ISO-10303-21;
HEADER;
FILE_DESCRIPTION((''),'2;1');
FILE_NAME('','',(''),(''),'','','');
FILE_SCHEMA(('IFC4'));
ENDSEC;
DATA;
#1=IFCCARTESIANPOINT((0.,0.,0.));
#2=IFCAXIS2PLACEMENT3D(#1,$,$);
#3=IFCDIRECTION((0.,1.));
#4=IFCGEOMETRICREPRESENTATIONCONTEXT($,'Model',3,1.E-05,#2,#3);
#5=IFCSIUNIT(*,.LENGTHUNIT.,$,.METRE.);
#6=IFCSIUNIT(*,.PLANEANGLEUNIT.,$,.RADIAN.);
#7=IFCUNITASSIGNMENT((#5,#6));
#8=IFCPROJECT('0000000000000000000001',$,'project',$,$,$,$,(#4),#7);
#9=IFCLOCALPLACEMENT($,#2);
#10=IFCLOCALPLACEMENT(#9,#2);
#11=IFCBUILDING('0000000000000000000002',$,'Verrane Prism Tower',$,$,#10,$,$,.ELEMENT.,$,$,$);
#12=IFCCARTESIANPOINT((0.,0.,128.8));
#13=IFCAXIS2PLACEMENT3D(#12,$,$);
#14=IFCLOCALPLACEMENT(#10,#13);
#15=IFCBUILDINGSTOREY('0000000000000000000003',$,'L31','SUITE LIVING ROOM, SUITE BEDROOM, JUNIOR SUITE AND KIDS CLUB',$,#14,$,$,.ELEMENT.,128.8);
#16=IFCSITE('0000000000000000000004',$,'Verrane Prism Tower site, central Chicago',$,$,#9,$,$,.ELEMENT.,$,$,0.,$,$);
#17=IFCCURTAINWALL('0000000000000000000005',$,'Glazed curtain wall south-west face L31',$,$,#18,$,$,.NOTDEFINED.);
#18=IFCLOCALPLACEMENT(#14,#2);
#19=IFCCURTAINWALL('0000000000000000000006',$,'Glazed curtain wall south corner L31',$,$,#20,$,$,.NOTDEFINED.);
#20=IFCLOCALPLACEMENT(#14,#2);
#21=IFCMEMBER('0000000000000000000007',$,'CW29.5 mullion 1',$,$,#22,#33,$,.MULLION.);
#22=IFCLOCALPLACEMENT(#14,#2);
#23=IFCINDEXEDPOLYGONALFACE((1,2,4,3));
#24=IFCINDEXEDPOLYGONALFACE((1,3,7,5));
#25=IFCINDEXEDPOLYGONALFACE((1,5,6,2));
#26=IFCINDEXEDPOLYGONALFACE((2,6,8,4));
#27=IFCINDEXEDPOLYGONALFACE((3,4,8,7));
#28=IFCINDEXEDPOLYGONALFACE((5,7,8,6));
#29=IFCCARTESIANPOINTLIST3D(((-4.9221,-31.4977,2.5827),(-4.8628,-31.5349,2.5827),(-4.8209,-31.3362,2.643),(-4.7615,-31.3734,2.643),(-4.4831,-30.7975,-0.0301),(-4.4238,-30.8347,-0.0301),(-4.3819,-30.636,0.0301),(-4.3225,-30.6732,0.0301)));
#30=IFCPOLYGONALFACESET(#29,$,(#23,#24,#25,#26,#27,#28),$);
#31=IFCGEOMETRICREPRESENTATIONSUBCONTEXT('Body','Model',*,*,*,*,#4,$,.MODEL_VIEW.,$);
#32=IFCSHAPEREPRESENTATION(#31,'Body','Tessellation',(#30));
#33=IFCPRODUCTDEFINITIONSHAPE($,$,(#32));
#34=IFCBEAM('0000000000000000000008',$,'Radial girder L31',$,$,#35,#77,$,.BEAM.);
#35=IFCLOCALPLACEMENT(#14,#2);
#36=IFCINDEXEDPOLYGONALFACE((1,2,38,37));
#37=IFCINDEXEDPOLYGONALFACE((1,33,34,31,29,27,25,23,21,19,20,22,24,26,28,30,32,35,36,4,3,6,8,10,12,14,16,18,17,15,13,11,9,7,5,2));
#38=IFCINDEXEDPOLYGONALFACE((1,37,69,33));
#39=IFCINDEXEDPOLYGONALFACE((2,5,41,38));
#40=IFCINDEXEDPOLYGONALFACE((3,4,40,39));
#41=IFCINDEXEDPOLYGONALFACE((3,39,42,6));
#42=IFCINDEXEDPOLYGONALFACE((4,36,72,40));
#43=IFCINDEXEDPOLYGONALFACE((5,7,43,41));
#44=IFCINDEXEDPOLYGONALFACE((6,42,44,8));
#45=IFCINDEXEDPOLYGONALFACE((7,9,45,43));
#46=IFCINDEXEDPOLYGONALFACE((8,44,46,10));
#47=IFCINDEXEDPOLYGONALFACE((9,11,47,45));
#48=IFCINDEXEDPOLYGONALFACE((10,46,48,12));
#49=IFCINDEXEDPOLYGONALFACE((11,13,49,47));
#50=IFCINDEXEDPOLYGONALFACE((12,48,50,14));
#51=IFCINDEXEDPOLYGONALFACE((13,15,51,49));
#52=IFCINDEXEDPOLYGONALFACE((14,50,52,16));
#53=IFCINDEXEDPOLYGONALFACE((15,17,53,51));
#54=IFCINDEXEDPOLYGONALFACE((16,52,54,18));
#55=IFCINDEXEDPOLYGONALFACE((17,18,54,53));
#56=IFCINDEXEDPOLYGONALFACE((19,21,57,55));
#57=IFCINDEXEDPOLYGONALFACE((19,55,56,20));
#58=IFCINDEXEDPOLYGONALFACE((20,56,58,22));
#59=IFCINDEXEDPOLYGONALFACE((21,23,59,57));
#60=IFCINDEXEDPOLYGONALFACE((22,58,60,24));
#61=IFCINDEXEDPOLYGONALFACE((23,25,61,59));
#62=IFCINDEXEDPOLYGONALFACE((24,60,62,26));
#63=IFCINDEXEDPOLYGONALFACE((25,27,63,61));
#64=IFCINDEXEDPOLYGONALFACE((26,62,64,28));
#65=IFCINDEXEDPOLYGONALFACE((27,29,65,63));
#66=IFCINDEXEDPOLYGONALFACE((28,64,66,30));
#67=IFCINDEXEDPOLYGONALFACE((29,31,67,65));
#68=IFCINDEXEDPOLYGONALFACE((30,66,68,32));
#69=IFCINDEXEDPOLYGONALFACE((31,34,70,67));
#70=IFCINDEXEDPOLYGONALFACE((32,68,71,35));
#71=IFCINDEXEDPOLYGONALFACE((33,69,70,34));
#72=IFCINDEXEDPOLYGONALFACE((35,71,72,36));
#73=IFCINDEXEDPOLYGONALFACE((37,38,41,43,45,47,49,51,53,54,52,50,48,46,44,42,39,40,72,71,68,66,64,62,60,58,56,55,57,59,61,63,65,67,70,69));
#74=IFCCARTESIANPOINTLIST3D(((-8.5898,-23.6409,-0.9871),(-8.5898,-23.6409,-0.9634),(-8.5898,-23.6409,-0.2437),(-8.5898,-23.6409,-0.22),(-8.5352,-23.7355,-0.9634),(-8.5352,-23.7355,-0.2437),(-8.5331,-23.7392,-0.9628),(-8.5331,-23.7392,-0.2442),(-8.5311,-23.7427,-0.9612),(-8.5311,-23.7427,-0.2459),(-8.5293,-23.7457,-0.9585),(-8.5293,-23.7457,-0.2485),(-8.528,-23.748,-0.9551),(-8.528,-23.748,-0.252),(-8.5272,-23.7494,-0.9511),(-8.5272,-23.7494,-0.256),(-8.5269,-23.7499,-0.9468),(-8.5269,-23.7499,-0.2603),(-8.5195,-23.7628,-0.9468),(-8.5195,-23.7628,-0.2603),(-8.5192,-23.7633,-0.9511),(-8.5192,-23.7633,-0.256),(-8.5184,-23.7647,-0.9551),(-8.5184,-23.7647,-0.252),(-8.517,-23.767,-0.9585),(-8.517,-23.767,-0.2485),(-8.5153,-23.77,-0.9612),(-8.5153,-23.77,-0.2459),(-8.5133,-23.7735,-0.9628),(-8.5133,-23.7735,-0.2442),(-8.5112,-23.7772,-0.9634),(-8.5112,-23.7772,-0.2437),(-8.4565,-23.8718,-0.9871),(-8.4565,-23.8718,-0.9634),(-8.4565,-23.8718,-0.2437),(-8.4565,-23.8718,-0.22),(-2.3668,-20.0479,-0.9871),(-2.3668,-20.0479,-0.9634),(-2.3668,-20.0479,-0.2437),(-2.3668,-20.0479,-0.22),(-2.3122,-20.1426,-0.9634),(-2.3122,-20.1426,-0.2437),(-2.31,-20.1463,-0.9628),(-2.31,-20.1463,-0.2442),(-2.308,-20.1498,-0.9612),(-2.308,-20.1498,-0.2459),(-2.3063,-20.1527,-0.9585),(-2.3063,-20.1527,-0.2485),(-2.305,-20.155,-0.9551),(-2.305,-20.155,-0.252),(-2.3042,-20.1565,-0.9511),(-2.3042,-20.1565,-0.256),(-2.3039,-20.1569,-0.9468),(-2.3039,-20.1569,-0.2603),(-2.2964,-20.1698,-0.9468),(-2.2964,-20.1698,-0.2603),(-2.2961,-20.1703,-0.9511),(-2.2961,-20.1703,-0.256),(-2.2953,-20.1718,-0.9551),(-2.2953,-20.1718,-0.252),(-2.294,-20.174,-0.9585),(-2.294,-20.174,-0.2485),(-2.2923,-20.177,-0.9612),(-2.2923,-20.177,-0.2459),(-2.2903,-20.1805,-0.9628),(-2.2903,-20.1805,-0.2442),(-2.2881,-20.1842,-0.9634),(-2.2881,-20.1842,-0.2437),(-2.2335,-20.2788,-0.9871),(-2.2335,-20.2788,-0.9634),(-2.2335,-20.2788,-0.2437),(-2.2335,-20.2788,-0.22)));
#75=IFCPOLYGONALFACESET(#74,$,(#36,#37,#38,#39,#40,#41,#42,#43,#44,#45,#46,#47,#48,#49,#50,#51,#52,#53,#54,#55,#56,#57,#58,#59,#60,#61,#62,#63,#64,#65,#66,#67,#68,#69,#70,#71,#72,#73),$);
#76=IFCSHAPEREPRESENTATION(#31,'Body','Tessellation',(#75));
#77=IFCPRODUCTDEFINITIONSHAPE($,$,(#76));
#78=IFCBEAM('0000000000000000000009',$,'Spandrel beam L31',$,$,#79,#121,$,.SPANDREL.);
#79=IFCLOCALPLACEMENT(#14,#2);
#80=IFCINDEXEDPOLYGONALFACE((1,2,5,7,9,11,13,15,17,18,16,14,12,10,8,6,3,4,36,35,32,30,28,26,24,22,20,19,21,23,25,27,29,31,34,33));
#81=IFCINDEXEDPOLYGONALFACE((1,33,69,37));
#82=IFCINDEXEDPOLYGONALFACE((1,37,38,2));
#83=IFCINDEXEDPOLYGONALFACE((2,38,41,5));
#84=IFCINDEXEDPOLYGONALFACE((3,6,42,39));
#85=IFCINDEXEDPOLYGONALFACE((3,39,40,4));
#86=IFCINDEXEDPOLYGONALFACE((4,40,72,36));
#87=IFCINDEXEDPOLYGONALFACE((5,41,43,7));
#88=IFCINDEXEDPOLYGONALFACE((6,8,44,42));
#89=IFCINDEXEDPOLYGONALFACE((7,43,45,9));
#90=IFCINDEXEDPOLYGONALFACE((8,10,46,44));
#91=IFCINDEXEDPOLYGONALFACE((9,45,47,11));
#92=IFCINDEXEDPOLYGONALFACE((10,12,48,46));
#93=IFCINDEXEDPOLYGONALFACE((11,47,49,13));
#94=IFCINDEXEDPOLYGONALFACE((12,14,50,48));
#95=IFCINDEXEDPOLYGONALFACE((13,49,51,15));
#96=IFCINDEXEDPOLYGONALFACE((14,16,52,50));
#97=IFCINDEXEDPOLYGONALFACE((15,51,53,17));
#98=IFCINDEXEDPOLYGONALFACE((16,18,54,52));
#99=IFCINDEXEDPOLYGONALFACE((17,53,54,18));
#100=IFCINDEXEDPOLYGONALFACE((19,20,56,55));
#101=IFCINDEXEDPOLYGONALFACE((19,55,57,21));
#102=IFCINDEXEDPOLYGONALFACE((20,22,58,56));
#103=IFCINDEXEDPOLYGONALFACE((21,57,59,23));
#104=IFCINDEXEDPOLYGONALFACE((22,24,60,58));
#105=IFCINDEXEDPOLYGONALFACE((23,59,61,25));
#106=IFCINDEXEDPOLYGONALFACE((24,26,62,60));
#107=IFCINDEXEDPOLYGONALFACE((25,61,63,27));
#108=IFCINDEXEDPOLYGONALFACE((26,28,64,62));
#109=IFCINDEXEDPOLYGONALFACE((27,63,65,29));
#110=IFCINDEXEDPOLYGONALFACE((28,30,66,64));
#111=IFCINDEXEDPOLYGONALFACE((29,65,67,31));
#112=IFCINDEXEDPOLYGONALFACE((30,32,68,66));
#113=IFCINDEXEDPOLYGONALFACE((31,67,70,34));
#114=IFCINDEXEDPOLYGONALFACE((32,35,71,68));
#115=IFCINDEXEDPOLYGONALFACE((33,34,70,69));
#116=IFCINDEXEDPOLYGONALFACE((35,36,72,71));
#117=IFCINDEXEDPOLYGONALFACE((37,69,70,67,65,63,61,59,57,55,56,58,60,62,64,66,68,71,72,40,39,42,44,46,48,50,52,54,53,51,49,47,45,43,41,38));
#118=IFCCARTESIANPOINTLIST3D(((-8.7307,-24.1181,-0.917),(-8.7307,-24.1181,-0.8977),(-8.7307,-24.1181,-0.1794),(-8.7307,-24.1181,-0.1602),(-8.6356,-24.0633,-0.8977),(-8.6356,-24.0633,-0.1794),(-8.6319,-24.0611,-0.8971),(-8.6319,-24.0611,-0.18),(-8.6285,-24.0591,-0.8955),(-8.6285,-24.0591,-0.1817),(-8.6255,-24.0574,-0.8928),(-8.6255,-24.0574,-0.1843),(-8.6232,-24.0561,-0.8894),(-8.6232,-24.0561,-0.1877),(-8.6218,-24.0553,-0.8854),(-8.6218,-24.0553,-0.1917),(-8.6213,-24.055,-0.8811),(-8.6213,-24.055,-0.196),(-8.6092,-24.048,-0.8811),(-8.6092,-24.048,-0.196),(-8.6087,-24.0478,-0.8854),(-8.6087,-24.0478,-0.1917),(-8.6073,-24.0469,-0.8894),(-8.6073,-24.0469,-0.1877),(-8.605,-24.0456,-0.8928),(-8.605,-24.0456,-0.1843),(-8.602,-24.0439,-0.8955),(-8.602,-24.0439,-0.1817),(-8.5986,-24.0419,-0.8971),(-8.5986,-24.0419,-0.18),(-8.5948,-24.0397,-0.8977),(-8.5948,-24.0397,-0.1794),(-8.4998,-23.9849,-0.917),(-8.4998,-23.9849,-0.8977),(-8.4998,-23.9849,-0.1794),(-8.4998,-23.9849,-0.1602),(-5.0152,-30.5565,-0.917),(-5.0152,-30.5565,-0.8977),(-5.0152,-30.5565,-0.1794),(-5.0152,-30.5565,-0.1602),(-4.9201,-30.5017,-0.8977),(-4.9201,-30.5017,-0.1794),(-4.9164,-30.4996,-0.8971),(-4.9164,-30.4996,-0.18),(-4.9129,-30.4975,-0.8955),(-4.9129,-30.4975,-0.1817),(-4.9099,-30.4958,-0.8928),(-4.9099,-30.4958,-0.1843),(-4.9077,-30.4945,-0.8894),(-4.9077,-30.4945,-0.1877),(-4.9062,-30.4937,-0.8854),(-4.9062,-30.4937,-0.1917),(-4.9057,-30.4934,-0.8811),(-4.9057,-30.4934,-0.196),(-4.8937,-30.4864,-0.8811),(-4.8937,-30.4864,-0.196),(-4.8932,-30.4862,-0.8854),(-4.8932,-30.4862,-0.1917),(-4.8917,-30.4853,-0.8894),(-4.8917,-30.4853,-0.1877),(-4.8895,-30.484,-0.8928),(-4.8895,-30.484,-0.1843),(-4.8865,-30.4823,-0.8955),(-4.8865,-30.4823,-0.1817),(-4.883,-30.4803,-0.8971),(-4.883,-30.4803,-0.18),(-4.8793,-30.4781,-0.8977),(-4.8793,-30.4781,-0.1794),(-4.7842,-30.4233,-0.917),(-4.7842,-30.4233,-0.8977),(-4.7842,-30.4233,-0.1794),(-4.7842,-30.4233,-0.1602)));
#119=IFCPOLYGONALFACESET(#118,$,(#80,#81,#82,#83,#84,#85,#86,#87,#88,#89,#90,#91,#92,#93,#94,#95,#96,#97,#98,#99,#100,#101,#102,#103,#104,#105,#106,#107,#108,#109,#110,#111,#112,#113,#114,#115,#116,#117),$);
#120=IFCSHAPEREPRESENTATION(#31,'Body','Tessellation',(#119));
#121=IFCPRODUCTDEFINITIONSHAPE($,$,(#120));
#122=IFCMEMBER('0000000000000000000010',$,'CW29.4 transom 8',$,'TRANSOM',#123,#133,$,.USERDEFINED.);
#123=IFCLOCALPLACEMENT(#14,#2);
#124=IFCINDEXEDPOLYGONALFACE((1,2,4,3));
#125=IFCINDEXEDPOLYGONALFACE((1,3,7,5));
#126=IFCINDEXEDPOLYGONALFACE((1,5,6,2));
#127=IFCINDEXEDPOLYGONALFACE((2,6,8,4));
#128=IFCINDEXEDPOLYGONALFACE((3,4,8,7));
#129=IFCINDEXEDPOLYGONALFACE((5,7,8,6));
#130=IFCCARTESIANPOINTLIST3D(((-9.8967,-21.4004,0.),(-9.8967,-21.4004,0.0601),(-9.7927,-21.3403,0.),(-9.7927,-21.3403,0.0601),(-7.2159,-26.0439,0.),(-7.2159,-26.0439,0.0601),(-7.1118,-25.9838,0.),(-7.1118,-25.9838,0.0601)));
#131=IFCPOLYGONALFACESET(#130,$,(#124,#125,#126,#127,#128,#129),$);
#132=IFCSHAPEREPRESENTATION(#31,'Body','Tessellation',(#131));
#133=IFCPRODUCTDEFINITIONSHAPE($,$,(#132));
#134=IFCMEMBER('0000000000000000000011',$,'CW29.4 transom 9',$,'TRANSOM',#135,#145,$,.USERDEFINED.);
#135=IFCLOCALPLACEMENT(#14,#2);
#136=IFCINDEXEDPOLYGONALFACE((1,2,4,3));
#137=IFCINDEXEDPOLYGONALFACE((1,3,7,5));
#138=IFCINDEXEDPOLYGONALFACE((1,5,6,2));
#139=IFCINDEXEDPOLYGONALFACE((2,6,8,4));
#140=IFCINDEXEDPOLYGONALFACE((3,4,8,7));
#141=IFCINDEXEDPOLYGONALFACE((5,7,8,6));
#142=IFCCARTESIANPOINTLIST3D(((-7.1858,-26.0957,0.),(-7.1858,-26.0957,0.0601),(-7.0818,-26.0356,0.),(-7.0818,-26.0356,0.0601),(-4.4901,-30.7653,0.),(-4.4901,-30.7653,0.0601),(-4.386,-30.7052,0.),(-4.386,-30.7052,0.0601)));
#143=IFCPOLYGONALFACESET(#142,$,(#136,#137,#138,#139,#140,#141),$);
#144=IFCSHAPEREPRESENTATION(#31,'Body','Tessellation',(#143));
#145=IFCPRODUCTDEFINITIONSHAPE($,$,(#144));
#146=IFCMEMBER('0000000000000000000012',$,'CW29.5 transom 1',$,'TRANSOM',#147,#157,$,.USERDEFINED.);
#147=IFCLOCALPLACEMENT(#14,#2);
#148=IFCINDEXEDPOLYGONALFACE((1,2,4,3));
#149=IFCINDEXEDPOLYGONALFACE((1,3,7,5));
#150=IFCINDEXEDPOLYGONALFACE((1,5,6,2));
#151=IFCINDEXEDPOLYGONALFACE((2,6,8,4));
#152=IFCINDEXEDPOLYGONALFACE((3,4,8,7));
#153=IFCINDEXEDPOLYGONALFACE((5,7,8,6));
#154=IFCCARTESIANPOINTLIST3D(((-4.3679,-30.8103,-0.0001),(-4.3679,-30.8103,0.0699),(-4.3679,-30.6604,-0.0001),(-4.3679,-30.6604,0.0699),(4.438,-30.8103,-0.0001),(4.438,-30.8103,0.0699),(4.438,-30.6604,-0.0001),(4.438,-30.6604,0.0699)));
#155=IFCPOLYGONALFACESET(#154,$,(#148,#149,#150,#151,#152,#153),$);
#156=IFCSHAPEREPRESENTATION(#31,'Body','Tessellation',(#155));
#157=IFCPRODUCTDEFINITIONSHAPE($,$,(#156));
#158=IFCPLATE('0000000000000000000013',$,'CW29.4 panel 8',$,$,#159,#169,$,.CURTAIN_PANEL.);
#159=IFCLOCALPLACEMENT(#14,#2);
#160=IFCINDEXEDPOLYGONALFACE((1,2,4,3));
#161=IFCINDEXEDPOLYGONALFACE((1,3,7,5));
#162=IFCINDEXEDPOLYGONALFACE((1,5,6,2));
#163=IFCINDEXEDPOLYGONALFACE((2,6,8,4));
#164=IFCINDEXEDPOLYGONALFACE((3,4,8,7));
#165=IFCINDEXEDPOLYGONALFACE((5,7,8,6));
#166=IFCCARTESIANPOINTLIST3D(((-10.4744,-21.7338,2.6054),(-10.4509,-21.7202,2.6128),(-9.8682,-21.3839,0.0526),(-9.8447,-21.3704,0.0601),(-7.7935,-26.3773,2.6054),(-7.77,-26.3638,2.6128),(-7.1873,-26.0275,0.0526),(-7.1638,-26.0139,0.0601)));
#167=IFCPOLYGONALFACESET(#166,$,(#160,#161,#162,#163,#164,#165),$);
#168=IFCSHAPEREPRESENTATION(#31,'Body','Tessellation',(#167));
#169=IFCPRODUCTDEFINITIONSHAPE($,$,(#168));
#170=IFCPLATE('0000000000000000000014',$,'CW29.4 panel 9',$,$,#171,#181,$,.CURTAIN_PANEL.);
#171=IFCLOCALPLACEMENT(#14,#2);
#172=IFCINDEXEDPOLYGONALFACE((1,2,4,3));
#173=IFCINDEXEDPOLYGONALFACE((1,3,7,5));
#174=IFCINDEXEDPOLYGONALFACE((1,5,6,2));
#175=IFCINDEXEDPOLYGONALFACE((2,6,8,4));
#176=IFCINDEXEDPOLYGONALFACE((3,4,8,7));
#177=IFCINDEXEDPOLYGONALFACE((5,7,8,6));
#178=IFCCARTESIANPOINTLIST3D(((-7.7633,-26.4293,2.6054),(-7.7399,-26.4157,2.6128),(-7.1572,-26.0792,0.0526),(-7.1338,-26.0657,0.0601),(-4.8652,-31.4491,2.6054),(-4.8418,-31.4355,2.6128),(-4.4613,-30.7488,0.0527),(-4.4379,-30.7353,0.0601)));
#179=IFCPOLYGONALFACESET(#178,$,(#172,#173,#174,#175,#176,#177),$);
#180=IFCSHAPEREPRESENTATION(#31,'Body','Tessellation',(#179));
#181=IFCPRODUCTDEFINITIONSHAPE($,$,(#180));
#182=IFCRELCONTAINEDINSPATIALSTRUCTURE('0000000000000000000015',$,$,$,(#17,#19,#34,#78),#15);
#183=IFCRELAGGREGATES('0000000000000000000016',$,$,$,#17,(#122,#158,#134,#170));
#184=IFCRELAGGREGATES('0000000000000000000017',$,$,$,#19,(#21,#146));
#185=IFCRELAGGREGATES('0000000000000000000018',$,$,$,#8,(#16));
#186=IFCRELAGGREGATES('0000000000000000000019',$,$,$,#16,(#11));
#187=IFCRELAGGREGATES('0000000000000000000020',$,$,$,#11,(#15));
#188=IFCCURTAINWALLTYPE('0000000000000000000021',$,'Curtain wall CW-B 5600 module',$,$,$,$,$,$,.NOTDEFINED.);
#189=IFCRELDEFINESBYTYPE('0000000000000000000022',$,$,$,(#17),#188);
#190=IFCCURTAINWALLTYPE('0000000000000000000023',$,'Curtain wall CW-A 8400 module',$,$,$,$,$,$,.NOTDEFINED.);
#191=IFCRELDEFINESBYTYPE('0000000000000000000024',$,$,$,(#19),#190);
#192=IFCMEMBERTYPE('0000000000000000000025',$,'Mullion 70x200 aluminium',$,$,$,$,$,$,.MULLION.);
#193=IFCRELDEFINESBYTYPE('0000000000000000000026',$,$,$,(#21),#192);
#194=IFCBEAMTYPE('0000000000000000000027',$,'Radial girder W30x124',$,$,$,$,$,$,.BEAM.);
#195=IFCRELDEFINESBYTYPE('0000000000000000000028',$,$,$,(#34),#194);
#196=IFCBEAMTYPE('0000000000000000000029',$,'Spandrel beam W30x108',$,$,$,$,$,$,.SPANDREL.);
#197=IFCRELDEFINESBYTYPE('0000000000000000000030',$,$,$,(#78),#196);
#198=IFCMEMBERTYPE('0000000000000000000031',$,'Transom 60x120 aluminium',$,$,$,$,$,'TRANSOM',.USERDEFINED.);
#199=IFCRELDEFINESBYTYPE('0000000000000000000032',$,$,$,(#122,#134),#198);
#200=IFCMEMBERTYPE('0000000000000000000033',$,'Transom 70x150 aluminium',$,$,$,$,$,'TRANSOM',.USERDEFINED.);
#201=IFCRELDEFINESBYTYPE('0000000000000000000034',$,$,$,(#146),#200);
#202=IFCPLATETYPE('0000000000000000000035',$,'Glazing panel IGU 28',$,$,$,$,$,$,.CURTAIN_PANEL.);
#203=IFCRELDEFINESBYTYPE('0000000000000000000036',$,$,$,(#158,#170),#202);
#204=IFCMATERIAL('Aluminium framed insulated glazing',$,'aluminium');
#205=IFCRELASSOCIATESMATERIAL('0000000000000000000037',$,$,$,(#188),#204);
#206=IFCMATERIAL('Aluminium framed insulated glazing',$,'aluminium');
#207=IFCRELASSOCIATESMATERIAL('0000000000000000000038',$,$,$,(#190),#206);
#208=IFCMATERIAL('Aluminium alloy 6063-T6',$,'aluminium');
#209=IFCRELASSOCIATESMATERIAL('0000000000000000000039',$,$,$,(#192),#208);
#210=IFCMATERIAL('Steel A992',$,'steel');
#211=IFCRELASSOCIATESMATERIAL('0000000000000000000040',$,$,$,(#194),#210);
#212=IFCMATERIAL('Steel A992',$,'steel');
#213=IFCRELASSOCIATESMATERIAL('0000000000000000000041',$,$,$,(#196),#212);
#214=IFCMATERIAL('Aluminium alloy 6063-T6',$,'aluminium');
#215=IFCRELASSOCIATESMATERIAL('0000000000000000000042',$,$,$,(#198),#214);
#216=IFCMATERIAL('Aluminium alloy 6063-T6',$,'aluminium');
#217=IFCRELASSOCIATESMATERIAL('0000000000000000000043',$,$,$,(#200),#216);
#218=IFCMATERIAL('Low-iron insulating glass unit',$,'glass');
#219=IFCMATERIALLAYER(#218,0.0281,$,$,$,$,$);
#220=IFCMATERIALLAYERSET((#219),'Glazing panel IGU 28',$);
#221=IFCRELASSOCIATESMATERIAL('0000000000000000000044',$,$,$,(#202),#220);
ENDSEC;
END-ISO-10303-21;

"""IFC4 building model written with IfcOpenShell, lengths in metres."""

from ifc_helpers import new_model, si_unit, direction, frame, origin, origin_2d, place, context, subcontext, project, spatial, polyline, rectangle, i_section, outline, extrude, material, layer, layer_set, material_profile, profile_set, type_object, element, aggregate, save


model = new_model("IFC4")

# Units and contexts
model_context = context("Model", 3, precision=1e-05, world=origin(), true_north=direction((0.0, 1.0)))
body_context = subcontext(model_context, "Body", "Model", "MODEL_VIEW")
ifc_project = project(units=[si_unit("LENGTHUNIT", "METRE"), si_unit("PLANEANGLEUNIT", "RADIAN")], contexts=[model_context])

# Site, building, storey
site_placement = place(None, origin())
site = spatial("IfcSite", under=ifc_project, at=site_placement, Name="Verrane Prism Tower site, central Chicago", CompositionType="ELEMENT", RefElevation=0.0)
building_placement = place(site_placement, origin())
building = spatial("IfcBuilding", under=site, at=building_placement, Name="Verrane Prism Tower", CompositionType="ELEMENT")
storey_placement = place(building_placement, frame((0.0, 0.0, 128.8)))
storey = spatial("IfcBuildingStorey", under=building, at=storey_placement, Name="L31", Description="SUITE LIVING ROOM, SUITE BEDROOM, JUNIOR SUITE AND KIDS CLUB", CompositionType="ELEMENT", Elevation=128.8)

# Curtain wall
ifc_material_1 = material(Name="Aluminium framed insulated glazing", Category="aluminium")
curtain_wall_type_1 = type_object("IfcCurtainWallType", Name="Curtain wall CW-B 5600 module", PredefinedType="NOTDEFINED", material=ifc_material_1)
curtain_wall_1_placement = place(storey_placement, origin())
curtain_wall_1 = element("IfcCurtainWall", 1, at=curtain_wall_1_placement, inside=storey, type_object=curtain_wall_type_1, Name="Glazed curtain wall south-west face L31", PredefinedType="NOTDEFINED")

# Curtain wall, member
ifc_material_2 = material(Name="Aluminium framed insulated glazing", Category="aluminium")
curtain_wall_type_2 = type_object("IfcCurtainWallType", Name="Curtain wall CW-A 8400 module", PredefinedType="NOTDEFINED", material=ifc_material_2)
curtain_wall_2_placement = place(storey_placement, origin())
curtain_wall_2 = element("IfcCurtainWall", 2, at=curtain_wall_2_placement, inside=storey, type_object=curtain_wall_type_2, Name="Glazed curtain wall south corner L31", PredefinedType="NOTDEFINED")
ifc_material_3 = material(Name="Aluminium alloy 6063-T6", Category="aluminium")
ifc_material_profile_1 = material_profile(ifc_material_3, rectangle(XDim=0.2, YDim=0.0701, at=origin_2d()), Name="Mullion 70x200 aluminium")
ifc_profile_set_1 = profile_set([ifc_material_profile_1], Name="Aluminium alloy 6063-T6")
member_type_1 = type_object("IfcMemberType", Name="Mullion 70x200 aluminium", PredefinedType="MULLION", material=ifc_profile_set_1)
member_1_placement = place(storey_placement, frame((-4.4028, -30.7354, 0.0), z_axis=(-0.160184, -0.255511, 0.953444), x_axis=(0.506438, 0.807822, 0.301571)))
member_1 = element("IfcMember", 3, at=member_1_placement, type_object=member_type_1, Name="CW29.5 mullion 1", PredefinedType="MULLION", context=body_context, shape_type="SweptSolid", body=[
    extrude(rectangle(XDim=0.2, YDim=0.0701, at=origin_2d()), origin(), (0.0, 0.0, 1.0), 2.7405),
])

# Beams
ifc_material_4 = material(Name="Steel A992", Category="steel")
ifc_material_profile_2 = material_profile(ifc_material_4, i_section(OverallWidth=0.2666, OverallDepth=0.7671, WebThickness=0.0149, FlangeThickness=0.0237, FilletRadius=0.0166, at=origin_2d()), Name="W30x124")
ifc_profile_set_2 = profile_set([ifc_material_profile_2], Name="Steel A992")
beam_type_1 = type_object("IfcBeamType", Name="Radial girder W30x124", PredefinedType="BEAM", material=ifc_profile_set_2)
beam_1_placement = place(storey_placement, frame((-8.5232, -23.7563, -0.6035), z_axis=(0.86602, 0.500009, 0.0), x_axis=(-0.500009, 0.86602, 0.0)))
element("IfcBeam", 4, at=beam_1_placement, inside=storey, type_object=beam_type_1, Name="Radial girder L31", PredefinedType="BEAM", context=body_context, shape_type="SweptSolid", body=[
    extrude(i_section(OverallWidth=0.2666, OverallDepth=0.7671, WebThickness=0.0149, FlangeThickness=0.0237, FilletRadius=0.0166, at=origin_2d()), origin(), (0.0, 0.0, 1.0), 7.1858),
])
ifc_material_5 = material(Name="Steel A992", Category="steel")
ifc_material_profile_3 = material_profile(ifc_material_5, i_section(OverallWidth=0.2666, OverallDepth=0.7568, WebThickness=0.0139, FlangeThickness=0.0193, FilletRadius=0.0166, at=origin_2d()), Name="W30x108")
ifc_profile_set_3 = profile_set([ifc_material_profile_3], Name="Steel A992")
beam_type_2 = type_object("IfcBeamType", Name="Spandrel beam W30x108", PredefinedType="SPANDREL", material=ifc_profile_set_3)
beam_2_placement = place(storey_placement, frame((-8.6152, -24.0515, -0.5386), z_axis=(0.49983, -0.866123, 0.0), x_axis=(0.866123, 0.49983, 0.0)))
element("IfcBeam", 5, at=beam_2_placement, inside=storey, type_object=beam_type_2, Name="Spandrel beam L31", PredefinedType="SPANDREL", context=body_context, shape_type="SweptSolid", body=[
    extrude(i_section(OverallWidth=0.2666, OverallDepth=0.7568, WebThickness=0.0139, FlangeThickness=0.0193, FilletRadius=0.0166, at=origin_2d()), origin(), (0.0, 0.0, 1.0), 7.4336),
])

# Members
ifc_material_6 = material(Name="Aluminium alloy 6063-T6", Category="aluminium")
ifc_material_profile_4 = material_profile(ifc_material_6, rectangle(XDim=0.1201, YDim=0.0601, at=origin_2d()), Name="Transom 60x120 aluminium")
ifc_profile_set_4 = profile_set([ifc_material_profile_4], Name="Aluminium alloy 6063-T6")
member_type_2 = type_object("IfcMemberType", Name="Transom 60x120 aluminium", ElementType="TRANSOM", PredefinedType="USERDEFINED", material=ifc_profile_set_4)
member_2_placement = place(storey_placement, frame((-9.8447, -21.3704, 0.03), z_axis=(0.499993, -0.866029, 0.0), x_axis=(0.866029, 0.499993, 0.0)))
member_2 = element("IfcMember", 6, at=member_2_placement, type_object=member_type_2, Name="CW29.4 transom 8", ObjectType="TRANSOM", PredefinedType="USERDEFINED", context=body_context, shape_type="SweptSolid", body=[
    extrude(rectangle(XDim=0.1201, YDim=0.0601, at=origin_2d()), origin(), (0.0, 0.0, 1.0), 5.3618),
])
member_3_placement = place(storey_placement, frame((-7.1338, -26.0657, 0.03), z_axis=(0.499967, -0.866045, 0.0), x_axis=(0.866045, 0.499967, 0.0)))
member_3 = element("IfcMember", 7, at=member_3_placement, type_object=member_type_2, Name="CW29.4 transom 9", ObjectType="TRANSOM", PredefinedType="USERDEFINED", context=body_context, shape_type="SweptSolid", body=[
    extrude(rectangle(XDim=0.1201, YDim=0.0601, at=origin_2d()), origin(), (0.0, 0.0, 1.0), 5.3918),
])
ifc_material_7 = material(Name="Aluminium alloy 6063-T6", Category="aluminium")
ifc_material_profile_5 = material_profile(ifc_material_7, rectangle(XDim=0.1499, YDim=0.0701, at=origin_2d()), Name="Transom 70x150 aluminium")
ifc_profile_set_5 = profile_set([ifc_material_profile_5], Name="Aluminium alloy 6063-T6")
member_type_3 = type_object("IfcMemberType", Name="Transom 70x150 aluminium", ElementType="TRANSOM", PredefinedType="USERDEFINED", material=ifc_profile_set_5)
member_4_placement = place(storey_placement, frame((-4.3679, -30.7354, 0.0349), z_axis=(1.0, 0.0, 0.0), x_axis=(0.0, 1.0, 0.0)))
member_4 = element("IfcMember", 8, at=member_4_placement, type_object=member_type_3, Name="CW29.5 transom 1", ObjectType="TRANSOM", PredefinedType="USERDEFINED", context=body_context, shape_type="SweptSolid", body=[
    extrude(rectangle(XDim=0.1499, YDim=0.0701, at=origin_2d()), origin(), (0.0, 0.0, 1.0), 8.8059),
])

# Plates
ifc_material_8 = material(Name="Low-iron insulating glass unit", Category="glass")
ifc_layer_1 = layer(ifc_material_8, 0.0281)
ifc_layer_set_1 = layer_set([ifc_layer_1], Name="Glazing panel IGU 28")
plate_type_1 = type_object("IfcPlateType", Name="Glazing panel IGU 28", PredefinedType="CURTAIN_PANEL", material=ifc_layer_set_1)
plate_1_placement = place(storey_placement, frame((-9.8447, -21.3704, 0.0601), z_axis=(0.835205, 0.482197, 0.264422), x_axis=(0.499993, -0.866029, 0.0)))
plate_1 = element("IfcPlate", 9, at=plate_1_placement, type_object=plate_type_1, Name="CW29.4 panel 8", PredefinedType="CURTAIN_PANEL", context=body_context, shape_type="SweptSolid", body=[
    extrude(outline(polyline([(0.0, 0.0), (5.3619, 0.0), (5.3618, -2.6469), (-0.0001, -2.6469), (0.0, 0.0)])), origin(), (0.0, 0.0, -1.0), 0.0281),
])
plate_2_placement = place(storey_placement, frame((-7.1338, -26.0657, 0.0601), z_axis=(0.835209, 0.482189, 0.264424), x_axis=(0.499984, -0.866034, 0.000006)))
plate_2 = element("IfcPlate", 10, at=plate_2_placement, type_object=plate_type_1, Name="CW29.4 panel 9", PredefinedType="CURTAIN_PANEL", context=body_context, shape_type="SweptSolid", body=[
    extrude(outline(polyline([(0.0, 0.0), (5.392, 0.0), (5.7965, -2.6469), (0.0001, -2.647), (0.0, 0.0)])), origin(), (0.0, 0.0, -1.0), 0.0281),
])
aggregate(curtain_wall_1, [member_2, plate_1, member_3, plate_2])
aggregate(curtain_wall_2, [member_1, member_4])

save(model, "model.ifc")
